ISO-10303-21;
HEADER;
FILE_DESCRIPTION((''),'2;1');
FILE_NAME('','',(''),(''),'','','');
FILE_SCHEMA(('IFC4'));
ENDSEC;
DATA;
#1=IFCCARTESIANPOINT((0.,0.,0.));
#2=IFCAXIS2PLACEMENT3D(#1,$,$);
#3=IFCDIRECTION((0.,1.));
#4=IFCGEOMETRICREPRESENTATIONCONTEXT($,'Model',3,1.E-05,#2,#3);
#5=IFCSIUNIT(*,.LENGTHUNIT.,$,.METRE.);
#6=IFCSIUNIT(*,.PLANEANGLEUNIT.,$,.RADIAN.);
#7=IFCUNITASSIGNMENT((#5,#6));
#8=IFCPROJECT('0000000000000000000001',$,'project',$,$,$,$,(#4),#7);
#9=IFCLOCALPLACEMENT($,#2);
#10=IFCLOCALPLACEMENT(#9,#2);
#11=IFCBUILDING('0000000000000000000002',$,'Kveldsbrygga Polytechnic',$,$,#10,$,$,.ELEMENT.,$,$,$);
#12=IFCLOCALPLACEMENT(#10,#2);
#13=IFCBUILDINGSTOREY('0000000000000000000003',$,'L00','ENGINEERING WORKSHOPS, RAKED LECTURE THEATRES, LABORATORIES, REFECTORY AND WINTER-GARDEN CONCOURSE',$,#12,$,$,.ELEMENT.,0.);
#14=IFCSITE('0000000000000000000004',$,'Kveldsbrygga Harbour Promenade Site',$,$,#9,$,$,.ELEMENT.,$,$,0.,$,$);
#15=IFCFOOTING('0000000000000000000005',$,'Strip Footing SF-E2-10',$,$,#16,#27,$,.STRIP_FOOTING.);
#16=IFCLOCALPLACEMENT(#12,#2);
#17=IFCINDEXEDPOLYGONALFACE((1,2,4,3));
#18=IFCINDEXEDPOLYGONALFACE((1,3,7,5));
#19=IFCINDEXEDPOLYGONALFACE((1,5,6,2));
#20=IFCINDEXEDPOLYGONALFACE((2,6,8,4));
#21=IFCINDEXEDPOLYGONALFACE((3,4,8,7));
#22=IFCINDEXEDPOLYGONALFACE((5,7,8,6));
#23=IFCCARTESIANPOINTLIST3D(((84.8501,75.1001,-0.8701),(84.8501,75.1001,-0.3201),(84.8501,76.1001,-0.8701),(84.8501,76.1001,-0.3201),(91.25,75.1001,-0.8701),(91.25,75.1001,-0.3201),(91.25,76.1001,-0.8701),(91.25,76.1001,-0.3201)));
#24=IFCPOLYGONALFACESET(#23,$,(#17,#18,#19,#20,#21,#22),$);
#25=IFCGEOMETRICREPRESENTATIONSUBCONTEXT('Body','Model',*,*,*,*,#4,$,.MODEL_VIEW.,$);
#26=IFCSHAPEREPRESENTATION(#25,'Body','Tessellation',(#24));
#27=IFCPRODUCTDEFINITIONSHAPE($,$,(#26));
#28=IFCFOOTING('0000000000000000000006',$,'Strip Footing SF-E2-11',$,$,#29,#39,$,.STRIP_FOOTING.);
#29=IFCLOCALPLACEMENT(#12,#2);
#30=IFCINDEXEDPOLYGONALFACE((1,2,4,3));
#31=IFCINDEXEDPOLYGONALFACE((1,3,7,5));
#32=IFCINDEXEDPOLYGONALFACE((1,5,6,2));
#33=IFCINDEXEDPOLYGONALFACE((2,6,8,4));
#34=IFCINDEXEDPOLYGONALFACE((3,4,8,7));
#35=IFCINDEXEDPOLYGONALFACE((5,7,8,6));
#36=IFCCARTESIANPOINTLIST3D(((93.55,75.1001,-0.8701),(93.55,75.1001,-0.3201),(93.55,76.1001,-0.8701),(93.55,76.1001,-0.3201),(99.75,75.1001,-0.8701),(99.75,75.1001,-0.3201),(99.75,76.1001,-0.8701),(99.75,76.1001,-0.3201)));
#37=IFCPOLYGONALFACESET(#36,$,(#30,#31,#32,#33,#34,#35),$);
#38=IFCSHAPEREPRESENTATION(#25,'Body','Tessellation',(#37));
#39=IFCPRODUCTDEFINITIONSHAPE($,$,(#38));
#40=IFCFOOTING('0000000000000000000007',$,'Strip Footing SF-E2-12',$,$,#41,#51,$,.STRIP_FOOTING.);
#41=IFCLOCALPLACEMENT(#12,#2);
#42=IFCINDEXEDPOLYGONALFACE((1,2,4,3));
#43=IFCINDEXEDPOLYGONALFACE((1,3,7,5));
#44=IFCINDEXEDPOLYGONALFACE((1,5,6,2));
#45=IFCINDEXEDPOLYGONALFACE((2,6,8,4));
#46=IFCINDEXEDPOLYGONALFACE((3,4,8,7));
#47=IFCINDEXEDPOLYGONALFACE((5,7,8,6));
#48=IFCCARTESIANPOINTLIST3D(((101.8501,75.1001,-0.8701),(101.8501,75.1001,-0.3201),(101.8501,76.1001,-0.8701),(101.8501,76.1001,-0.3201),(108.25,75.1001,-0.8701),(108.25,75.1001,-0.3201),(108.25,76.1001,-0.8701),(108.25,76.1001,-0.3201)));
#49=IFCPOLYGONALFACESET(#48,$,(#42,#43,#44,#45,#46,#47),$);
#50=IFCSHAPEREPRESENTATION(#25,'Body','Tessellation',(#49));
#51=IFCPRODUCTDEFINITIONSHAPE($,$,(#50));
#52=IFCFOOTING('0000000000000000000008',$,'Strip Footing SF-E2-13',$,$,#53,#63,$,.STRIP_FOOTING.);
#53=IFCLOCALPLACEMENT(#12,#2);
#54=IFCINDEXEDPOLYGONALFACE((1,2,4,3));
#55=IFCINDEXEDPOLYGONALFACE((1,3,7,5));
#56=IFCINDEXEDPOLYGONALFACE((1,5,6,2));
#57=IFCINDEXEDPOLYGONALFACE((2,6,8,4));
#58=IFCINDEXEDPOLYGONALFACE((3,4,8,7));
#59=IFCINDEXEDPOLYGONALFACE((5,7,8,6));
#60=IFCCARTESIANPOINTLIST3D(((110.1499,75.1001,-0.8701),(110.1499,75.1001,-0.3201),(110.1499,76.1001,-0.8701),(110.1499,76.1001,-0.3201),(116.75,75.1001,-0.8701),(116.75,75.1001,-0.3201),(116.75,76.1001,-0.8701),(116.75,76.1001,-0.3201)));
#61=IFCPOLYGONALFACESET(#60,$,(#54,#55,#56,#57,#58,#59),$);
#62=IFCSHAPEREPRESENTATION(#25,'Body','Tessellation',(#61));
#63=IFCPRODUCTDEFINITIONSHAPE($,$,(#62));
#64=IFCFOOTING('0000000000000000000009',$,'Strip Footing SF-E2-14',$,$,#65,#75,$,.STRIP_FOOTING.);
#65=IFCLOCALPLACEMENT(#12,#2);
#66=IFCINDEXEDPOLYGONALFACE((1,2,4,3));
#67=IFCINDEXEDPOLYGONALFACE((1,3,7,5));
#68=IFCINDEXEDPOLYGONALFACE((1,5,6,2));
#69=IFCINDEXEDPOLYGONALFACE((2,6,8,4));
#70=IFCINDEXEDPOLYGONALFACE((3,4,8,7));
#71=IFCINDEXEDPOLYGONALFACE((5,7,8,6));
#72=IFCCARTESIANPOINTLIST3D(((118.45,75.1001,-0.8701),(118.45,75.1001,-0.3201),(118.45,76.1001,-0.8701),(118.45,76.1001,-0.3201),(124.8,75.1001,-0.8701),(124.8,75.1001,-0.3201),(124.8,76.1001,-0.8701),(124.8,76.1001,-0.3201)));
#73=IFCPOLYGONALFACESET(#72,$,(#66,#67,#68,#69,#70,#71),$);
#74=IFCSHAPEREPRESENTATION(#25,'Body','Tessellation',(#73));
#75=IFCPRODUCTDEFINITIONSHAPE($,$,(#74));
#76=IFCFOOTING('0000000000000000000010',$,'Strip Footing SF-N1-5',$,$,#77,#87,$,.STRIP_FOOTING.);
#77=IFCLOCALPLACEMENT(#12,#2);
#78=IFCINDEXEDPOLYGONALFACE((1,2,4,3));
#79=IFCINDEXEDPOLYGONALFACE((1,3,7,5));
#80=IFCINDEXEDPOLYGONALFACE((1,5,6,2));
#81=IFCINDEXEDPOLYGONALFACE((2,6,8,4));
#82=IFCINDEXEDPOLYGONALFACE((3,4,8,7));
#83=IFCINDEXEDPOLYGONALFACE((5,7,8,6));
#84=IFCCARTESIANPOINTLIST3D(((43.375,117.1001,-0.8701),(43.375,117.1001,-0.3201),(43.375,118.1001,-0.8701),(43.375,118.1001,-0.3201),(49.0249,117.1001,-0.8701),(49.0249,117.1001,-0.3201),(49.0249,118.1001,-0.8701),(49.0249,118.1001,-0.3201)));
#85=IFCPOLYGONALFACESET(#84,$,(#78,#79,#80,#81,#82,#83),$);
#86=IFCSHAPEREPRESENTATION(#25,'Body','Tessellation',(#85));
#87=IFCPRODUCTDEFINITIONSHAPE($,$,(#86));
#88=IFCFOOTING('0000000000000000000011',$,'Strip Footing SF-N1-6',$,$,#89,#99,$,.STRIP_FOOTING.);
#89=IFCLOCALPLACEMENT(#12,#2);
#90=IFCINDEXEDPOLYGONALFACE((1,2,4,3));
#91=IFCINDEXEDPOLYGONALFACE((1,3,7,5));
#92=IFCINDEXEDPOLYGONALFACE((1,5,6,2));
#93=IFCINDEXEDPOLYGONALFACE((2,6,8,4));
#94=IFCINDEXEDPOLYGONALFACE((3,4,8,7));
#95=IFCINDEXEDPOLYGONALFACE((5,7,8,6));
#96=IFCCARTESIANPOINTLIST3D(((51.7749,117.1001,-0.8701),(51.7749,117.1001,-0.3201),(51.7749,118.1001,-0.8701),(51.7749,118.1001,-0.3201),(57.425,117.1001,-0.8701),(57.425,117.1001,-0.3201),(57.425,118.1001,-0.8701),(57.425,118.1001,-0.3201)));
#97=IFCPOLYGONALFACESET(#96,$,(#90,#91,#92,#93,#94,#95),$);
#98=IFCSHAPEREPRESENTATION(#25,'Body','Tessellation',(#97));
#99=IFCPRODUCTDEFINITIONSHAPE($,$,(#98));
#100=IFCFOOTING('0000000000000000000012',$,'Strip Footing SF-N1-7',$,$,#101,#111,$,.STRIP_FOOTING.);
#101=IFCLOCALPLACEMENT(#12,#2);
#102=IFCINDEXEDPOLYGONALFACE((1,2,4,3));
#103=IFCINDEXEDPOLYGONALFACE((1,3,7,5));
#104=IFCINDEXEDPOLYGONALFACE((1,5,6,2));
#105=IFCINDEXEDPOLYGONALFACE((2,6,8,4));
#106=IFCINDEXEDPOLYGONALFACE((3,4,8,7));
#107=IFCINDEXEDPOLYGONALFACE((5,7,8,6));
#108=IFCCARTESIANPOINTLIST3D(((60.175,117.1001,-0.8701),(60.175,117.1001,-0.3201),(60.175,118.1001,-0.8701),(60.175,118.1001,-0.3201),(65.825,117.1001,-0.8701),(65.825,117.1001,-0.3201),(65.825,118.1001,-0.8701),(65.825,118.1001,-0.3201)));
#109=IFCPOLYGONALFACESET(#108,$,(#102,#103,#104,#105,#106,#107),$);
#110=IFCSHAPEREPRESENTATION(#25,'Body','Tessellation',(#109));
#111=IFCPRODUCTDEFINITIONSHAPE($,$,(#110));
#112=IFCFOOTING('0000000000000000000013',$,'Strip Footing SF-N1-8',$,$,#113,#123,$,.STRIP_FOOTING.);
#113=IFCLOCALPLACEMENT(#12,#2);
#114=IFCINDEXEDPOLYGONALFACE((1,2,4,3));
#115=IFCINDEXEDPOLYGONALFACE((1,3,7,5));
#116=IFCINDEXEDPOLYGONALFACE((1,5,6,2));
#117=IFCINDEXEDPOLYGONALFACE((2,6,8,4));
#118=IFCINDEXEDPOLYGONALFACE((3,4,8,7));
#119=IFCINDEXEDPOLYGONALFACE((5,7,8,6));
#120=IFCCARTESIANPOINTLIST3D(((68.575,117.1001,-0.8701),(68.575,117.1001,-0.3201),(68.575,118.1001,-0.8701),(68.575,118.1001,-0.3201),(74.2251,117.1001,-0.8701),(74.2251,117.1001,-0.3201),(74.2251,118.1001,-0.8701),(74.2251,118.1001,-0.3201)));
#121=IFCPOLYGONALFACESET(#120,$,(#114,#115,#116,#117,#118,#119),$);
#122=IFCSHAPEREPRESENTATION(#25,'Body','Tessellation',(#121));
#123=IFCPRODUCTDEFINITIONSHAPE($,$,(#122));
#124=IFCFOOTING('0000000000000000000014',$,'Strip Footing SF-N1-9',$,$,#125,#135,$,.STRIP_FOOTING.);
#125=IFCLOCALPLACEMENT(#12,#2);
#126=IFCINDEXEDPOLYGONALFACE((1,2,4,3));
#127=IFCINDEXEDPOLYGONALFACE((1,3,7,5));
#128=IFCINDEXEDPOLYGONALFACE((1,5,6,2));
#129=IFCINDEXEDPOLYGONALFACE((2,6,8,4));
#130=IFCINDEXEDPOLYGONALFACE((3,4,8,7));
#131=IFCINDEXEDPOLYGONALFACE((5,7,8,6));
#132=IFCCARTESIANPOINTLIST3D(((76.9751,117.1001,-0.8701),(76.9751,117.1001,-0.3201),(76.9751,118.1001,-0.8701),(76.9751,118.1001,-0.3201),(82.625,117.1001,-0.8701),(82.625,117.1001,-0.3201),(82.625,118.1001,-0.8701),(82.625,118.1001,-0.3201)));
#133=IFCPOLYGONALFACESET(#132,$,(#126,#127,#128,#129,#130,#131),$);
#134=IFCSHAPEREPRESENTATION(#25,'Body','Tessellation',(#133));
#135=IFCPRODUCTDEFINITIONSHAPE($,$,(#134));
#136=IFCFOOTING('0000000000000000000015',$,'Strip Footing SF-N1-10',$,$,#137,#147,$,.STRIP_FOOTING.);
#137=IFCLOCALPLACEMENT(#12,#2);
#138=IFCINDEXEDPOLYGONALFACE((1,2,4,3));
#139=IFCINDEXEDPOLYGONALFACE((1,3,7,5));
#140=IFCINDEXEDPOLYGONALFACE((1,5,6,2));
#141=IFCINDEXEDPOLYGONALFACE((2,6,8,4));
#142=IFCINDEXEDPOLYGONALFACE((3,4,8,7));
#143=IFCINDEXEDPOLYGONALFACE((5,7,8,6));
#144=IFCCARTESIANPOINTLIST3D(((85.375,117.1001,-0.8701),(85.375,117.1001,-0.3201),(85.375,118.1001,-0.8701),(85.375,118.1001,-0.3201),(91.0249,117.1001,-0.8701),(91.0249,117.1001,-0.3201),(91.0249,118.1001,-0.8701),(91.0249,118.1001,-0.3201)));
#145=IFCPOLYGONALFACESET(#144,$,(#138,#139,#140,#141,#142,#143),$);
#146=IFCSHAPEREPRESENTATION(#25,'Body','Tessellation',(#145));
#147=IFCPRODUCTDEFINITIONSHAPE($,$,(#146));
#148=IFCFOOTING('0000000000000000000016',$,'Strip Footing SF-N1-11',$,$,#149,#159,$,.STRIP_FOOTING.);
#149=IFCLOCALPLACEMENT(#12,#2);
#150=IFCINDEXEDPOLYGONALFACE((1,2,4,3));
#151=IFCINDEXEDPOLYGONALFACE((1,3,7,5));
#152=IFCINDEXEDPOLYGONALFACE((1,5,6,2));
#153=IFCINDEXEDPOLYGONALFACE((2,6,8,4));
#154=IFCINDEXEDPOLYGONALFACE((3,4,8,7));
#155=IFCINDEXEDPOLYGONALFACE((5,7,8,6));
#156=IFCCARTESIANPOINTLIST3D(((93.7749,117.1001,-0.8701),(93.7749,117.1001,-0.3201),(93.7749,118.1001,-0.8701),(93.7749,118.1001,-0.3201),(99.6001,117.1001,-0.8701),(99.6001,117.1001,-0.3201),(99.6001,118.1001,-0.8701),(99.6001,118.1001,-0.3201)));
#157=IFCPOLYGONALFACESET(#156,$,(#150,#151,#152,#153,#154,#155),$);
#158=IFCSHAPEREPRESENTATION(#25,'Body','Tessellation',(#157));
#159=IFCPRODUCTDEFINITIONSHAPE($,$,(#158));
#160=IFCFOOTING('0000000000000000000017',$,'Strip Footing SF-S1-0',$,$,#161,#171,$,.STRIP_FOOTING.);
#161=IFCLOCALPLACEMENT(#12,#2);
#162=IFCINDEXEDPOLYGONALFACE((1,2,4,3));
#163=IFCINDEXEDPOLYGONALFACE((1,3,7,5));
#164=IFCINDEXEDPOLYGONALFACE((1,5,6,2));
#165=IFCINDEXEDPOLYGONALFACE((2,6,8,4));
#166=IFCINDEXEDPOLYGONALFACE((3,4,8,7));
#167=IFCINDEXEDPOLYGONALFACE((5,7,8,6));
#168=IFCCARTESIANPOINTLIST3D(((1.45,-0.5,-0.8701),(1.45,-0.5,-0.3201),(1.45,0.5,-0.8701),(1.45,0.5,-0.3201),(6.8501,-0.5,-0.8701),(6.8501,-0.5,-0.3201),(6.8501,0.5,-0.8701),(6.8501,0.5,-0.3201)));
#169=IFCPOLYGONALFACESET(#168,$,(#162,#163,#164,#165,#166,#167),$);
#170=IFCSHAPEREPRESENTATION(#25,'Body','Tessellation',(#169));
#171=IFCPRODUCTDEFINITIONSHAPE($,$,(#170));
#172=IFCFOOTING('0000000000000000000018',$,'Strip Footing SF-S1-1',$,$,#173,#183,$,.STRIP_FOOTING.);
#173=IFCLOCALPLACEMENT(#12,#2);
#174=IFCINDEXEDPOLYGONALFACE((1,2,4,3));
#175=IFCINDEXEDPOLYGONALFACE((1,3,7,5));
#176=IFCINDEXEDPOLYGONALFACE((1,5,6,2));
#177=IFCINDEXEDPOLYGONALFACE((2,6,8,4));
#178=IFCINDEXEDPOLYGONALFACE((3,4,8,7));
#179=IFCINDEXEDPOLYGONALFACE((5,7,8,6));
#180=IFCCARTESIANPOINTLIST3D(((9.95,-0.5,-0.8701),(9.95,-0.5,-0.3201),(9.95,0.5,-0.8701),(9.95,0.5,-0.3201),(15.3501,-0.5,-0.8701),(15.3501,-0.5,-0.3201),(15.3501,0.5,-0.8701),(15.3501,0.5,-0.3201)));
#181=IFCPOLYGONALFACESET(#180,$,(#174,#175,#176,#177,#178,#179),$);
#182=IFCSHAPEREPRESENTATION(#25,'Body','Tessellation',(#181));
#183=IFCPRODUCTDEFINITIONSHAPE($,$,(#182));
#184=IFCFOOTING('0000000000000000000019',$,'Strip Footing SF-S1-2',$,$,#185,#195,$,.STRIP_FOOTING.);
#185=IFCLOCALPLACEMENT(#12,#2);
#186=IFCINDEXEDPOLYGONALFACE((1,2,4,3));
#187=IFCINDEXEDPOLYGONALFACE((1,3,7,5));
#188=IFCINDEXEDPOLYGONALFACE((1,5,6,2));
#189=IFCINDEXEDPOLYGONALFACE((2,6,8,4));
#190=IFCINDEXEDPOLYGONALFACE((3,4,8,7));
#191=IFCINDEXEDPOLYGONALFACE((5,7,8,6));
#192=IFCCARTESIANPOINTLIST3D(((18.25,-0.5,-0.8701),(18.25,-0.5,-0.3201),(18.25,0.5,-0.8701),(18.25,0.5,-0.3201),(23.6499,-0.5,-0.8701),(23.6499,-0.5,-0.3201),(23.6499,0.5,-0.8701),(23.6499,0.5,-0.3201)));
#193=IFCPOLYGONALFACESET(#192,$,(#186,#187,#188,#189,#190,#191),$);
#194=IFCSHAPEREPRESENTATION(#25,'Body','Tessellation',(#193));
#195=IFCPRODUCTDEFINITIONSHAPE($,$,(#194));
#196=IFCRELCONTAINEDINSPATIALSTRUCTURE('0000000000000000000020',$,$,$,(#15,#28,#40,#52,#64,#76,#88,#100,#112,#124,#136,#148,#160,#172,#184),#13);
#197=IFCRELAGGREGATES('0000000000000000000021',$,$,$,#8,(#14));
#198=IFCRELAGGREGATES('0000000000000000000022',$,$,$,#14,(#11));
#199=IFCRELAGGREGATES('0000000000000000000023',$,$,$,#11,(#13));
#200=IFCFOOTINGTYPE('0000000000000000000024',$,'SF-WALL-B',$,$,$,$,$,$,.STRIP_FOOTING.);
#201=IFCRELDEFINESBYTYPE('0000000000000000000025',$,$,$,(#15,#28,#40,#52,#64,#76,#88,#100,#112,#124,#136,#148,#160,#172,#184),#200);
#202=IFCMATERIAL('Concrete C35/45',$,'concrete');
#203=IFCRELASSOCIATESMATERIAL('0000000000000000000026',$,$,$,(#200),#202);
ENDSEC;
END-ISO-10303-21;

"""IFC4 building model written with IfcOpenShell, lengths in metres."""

from ifc_helpers import new_model, si_unit, direction, frame, origin, place, context, subcontext, project, spatial, polyline, outline, extrude, material, type_object, element, save


model = new_model("IFC4")

# Units and contexts
model_context = context("Model", 3, precision=1e-05, world=origin(), true_north=direction((0.0, 1.0)))
body_context = subcontext(model_context, "Body", "Model", "MODEL_VIEW")
ifc_project = project(units=[si_unit("LENGTHUNIT", "METRE"), si_unit("PLANEANGLEUNIT", "RADIAN")], contexts=[model_context])

# Site, building, storey
site_placement = place(None, origin())
site = spatial("IfcSite", under=ifc_project, at=site_placement, Name="Kveldsbrygga Harbour Promenade Site", CompositionType="ELEMENT", RefElevation=0.0)
building_placement = place(site_placement, origin())
building = spatial("IfcBuilding", under=site, at=building_placement, Name="Kveldsbrygga Polytechnic", CompositionType="ELEMENT")
storey_placement = place(building_placement, origin())
storey = spatial("IfcBuildingStorey", under=building, at=storey_placement, Name="L00", Description="ENGINEERING WORKSHOPS, RAKED LECTURE THEATRES, LABORATORIES, REFECTORY AND WINTER-GARDEN CONCOURSE", CompositionType="ELEMENT", Elevation=0.0)

# Footings
ifc_material_1 = material(Name="Concrete C35/45", Category="concrete")
footing_type_1 = type_object("IfcFootingType", Name="SF-WALL-B", PredefinedType="STRIP_FOOTING", material=ifc_material_1)
footing_1_placement = place(storey_placement, frame((0.0, 0.0, -0.8701)))
element("IfcFooting", 1, at=footing_1_placement, inside=storey, type_object=footing_type_1, Name="Strip Footing SF-E2-10", PredefinedType="STRIP_FOOTING", context=body_context, shape_type="SweptSolid", body=[
    extrude(outline(polyline([(84.8501, 75.1001), (91.25, 75.1001), (91.25, 76.1001), (84.8501, 76.1001), (84.8501, 75.1001)])), origin(), (0.0, 0.0, 1.0), 0.55),
])
footing_2_placement = place(storey_placement, frame((0.0, 0.0, -0.8701)))
element("IfcFooting", 2, at=footing_2_placement, inside=storey, type_object=footing_type_1, Name="Strip Footing SF-E2-11", PredefinedType="STRIP_FOOTING", context=body_context, shape_type="SweptSolid", body=[
    extrude(outline(polyline([(93.55, 75.1001), (99.75, 75.1001), (99.75, 76.1001), (93.55, 76.1001), (93.55, 75.1001)])), origin(), (0.0, 0.0, 1.0), 0.55),
])
footing_3_placement = place(storey_placement, frame((0.0, 0.0, -0.8701)))
element("IfcFooting", 3, at=footing_3_placement, inside=storey, type_object=footing_type_1, Name="Strip Footing SF-E2-12", PredefinedType="STRIP_FOOTING", context=body_context, shape_type="SweptSolid", body=[
    extrude(outline(polyline([(101.8501, 75.1001), (108.25, 75.1001), (108.25, 76.1001), (101.8501, 76.1001), (101.8501, 75.1001)])), origin(), (0.0, 0.0, 1.0), 0.55),
])
footing_4_placement = place(storey_placement, frame((0.0, 0.0, -0.8701)))
element("IfcFooting", 4, at=footing_4_placement, inside=storey, type_object=footing_type_1, Name="Strip Footing SF-E2-13", PredefinedType="STRIP_FOOTING", context=body_context, shape_type="SweptSolid", body=[
    extrude(outline(polyline([(110.1499, 75.1001), (116.75, 75.1001), (116.75, 76.1001), (110.1499, 76.1001), (110.1499, 75.1001)])), origin(), (0.0, 0.0, 1.0), 0.55),
])
footing_5_placement = place(storey_placement, frame((0.0, 0.0, -0.8701)))
element("IfcFooting", 5, at=footing_5_placement, inside=storey, type_object=footing_type_1, Name="Strip Footing SF-E2-14", PredefinedType="STRIP_FOOTING", context=body_context, shape_type="SweptSolid", body=[
    extrude(outline(polyline([(118.45, 75.1001), (124.8, 75.1001), (124.8, 76.1001), (118.45, 76.1001), (118.45, 75.1001)])), origin(), (0.0, 0.0, 1.0), 0.55),
])
footing_6_placement = place(storey_placement, frame((0.0, 0.0, -0.8701)))
element("IfcFooting", 6, at=footing_6_placement, inside=storey, type_object=footing_type_1, Name="Strip Footing SF-N1-5", PredefinedType="STRIP_FOOTING", context=body_context, shape_type="SweptSolid", body=[
    extrude(outline(polyline([(43.375, 117.1001), (49.0249, 117.1001), (49.0249, 118.1001), (43.375, 118.1001), (43.375, 117.1001)])), origin(), (0.0, 0.0, 1.0), 0.55),
])
footing_7_placement = place(storey_placement, frame((0.0, 0.0, -0.8701)))
element("IfcFooting", 7, at=footing_7_placement, inside=storey, type_object=footing_type_1, Name="Strip Footing SF-N1-6", PredefinedType="STRIP_FOOTING", context=body_context, shape_type="SweptSolid", body=[
    extrude(outline(polyline([(51.7749, 117.1001), (57.425, 117.1001), (57.425, 118.1001), (51.7749, 118.1001), (51.7749, 117.1001)])), origin(), (0.0, 0.0, 1.0), 0.55),
])
footing_8_placement = place(storey_placement, frame((0.0, 0.0, -0.8701)))
element("IfcFooting", 8, at=footing_8_placement, inside=storey, type_object=footing_type_1, Name="Strip Footing SF-N1-7", PredefinedType="STRIP_FOOTING", context=body_context, shape_type="SweptSolid", body=[
    extrude(outline(polyline([(60.175, 117.1001), (65.825, 117.1001), (65.825, 118.1001), (60.175, 118.1001), (60.175, 117.1001)])), origin(), (0.0, 0.0, 1.0), 0.55),
])
footing_9_placement = place(storey_placement, frame((0.0, 0.0, -0.8701)))
element("IfcFooting", 9, at=footing_9_placement, inside=storey, type_object=footing_type_1, Name="Strip Footing SF-N1-8", PredefinedType="STRIP_FOOTING", context=body_context, shape_type="SweptSolid", body=[
    extrude(outline(polyline([(68.575, 117.1001), (74.2251, 117.1001), (74.2251, 118.1001), (68.575, 118.1001), (68.575, 117.1001)])), origin(), (0.0, 0.0, 1.0), 0.55),
])
footing_10_placement = place(storey_placement, frame((0.0, 0.0, -0.8701)))
element("IfcFooting", 10, at=footing_10_placement, inside=storey, type_object=footing_type_1, Name="Strip Footing SF-N1-9", PredefinedType="STRIP_FOOTING", context=body_context, shape_type="SweptSolid", body=[
    extrude(outline(polyline([(76.9751, 117.1001), (82.625, 117.1001), (82.625, 118.1001), (76.9751, 118.1001), (76.9751, 117.1001)])), origin(), (0.0, 0.0, 1.0), 0.55),
])
footing_11_placement = place(storey_placement, frame((0.0, 0.0, -0.8701)))
element("IfcFooting", 11, at=footing_11_placement, inside=storey, type_object=footing_type_1, Name="Strip Footing SF-N1-10", PredefinedType="STRIP_FOOTING", context=body_context, shape_type="SweptSolid", body=[
    extrude(outline(polyline([(85.375, 117.1001), (91.0249, 117.1001), (91.0249, 118.1001), (85.375, 118.1001), (85.375, 117.1001)])), origin(), (0.0, 0.0, 1.0), 0.55),
])
footing_12_placement = place(storey_placement, frame((0.0, 0.0, -0.8701)))
element("IfcFooting", 12, at=footing_12_placement, inside=storey, type_object=footing_type_1, Name="Strip Footing SF-N1-11", PredefinedType="STRIP_FOOTING", context=body_context, shape_type="SweptSolid", body=[
    extrude(outline(polyline([(93.7749, 117.1001), (99.6001, 117.1001), (99.6001, 118.1001), (93.7749, 118.1001), (93.7749, 117.1001)])), origin(), (0.0, 0.0, 1.0), 0.55),
])
footing_13_placement = place(storey_placement, frame((0.0, 0.0, -0.8701)))
element("IfcFooting", 13, at=footing_13_placement, inside=storey, type_object=footing_type_1, Name="Strip Footing SF-S1-0", PredefinedType="STRIP_FOOTING", context=body_context, shape_type="SweptSolid", body=[
    extrude(outline(polyline([(1.45, -0.5), (6.8501, -0.5), (6.8501, 0.5), (1.45, 0.5), (1.45, -0.5)])), origin(), (0.0, 0.0, 1.0), 0.55),
])
footing_14_placement = place(storey_placement, frame((0.0, 0.0, -0.8701)))
element("IfcFooting", 14, at=footing_14_placement, inside=storey, type_object=footing_type_1, Name="Strip Footing SF-S1-1", PredefinedType="STRIP_FOOTING", context=body_context, shape_type="SweptSolid", body=[
    extrude(outline(polyline([(9.95, -0.5), (15.3501, -0.5), (15.3501, 0.5), (9.95, 0.5), (9.95, -0.5)])), origin(), (0.0, 0.0, 1.0), 0.55),
])
footing_15_placement = place(storey_placement, frame((0.0, 0.0, -0.8701)))
element("IfcFooting", 15, at=footing_15_placement, inside=storey, type_object=footing_type_1, Name="Strip Footing SF-S1-2", PredefinedType="STRIP_FOOTING", context=body_context, shape_type="SweptSolid", body=[
    extrude(outline(polyline([(18.25, -0.5), (23.6499, -0.5), (23.6499, 0.5), (18.25, 0.5), (18.25, -0.5)])), origin(), (0.0, 0.0, 1.0), 0.55),
])

save(model, "model.ifc")
